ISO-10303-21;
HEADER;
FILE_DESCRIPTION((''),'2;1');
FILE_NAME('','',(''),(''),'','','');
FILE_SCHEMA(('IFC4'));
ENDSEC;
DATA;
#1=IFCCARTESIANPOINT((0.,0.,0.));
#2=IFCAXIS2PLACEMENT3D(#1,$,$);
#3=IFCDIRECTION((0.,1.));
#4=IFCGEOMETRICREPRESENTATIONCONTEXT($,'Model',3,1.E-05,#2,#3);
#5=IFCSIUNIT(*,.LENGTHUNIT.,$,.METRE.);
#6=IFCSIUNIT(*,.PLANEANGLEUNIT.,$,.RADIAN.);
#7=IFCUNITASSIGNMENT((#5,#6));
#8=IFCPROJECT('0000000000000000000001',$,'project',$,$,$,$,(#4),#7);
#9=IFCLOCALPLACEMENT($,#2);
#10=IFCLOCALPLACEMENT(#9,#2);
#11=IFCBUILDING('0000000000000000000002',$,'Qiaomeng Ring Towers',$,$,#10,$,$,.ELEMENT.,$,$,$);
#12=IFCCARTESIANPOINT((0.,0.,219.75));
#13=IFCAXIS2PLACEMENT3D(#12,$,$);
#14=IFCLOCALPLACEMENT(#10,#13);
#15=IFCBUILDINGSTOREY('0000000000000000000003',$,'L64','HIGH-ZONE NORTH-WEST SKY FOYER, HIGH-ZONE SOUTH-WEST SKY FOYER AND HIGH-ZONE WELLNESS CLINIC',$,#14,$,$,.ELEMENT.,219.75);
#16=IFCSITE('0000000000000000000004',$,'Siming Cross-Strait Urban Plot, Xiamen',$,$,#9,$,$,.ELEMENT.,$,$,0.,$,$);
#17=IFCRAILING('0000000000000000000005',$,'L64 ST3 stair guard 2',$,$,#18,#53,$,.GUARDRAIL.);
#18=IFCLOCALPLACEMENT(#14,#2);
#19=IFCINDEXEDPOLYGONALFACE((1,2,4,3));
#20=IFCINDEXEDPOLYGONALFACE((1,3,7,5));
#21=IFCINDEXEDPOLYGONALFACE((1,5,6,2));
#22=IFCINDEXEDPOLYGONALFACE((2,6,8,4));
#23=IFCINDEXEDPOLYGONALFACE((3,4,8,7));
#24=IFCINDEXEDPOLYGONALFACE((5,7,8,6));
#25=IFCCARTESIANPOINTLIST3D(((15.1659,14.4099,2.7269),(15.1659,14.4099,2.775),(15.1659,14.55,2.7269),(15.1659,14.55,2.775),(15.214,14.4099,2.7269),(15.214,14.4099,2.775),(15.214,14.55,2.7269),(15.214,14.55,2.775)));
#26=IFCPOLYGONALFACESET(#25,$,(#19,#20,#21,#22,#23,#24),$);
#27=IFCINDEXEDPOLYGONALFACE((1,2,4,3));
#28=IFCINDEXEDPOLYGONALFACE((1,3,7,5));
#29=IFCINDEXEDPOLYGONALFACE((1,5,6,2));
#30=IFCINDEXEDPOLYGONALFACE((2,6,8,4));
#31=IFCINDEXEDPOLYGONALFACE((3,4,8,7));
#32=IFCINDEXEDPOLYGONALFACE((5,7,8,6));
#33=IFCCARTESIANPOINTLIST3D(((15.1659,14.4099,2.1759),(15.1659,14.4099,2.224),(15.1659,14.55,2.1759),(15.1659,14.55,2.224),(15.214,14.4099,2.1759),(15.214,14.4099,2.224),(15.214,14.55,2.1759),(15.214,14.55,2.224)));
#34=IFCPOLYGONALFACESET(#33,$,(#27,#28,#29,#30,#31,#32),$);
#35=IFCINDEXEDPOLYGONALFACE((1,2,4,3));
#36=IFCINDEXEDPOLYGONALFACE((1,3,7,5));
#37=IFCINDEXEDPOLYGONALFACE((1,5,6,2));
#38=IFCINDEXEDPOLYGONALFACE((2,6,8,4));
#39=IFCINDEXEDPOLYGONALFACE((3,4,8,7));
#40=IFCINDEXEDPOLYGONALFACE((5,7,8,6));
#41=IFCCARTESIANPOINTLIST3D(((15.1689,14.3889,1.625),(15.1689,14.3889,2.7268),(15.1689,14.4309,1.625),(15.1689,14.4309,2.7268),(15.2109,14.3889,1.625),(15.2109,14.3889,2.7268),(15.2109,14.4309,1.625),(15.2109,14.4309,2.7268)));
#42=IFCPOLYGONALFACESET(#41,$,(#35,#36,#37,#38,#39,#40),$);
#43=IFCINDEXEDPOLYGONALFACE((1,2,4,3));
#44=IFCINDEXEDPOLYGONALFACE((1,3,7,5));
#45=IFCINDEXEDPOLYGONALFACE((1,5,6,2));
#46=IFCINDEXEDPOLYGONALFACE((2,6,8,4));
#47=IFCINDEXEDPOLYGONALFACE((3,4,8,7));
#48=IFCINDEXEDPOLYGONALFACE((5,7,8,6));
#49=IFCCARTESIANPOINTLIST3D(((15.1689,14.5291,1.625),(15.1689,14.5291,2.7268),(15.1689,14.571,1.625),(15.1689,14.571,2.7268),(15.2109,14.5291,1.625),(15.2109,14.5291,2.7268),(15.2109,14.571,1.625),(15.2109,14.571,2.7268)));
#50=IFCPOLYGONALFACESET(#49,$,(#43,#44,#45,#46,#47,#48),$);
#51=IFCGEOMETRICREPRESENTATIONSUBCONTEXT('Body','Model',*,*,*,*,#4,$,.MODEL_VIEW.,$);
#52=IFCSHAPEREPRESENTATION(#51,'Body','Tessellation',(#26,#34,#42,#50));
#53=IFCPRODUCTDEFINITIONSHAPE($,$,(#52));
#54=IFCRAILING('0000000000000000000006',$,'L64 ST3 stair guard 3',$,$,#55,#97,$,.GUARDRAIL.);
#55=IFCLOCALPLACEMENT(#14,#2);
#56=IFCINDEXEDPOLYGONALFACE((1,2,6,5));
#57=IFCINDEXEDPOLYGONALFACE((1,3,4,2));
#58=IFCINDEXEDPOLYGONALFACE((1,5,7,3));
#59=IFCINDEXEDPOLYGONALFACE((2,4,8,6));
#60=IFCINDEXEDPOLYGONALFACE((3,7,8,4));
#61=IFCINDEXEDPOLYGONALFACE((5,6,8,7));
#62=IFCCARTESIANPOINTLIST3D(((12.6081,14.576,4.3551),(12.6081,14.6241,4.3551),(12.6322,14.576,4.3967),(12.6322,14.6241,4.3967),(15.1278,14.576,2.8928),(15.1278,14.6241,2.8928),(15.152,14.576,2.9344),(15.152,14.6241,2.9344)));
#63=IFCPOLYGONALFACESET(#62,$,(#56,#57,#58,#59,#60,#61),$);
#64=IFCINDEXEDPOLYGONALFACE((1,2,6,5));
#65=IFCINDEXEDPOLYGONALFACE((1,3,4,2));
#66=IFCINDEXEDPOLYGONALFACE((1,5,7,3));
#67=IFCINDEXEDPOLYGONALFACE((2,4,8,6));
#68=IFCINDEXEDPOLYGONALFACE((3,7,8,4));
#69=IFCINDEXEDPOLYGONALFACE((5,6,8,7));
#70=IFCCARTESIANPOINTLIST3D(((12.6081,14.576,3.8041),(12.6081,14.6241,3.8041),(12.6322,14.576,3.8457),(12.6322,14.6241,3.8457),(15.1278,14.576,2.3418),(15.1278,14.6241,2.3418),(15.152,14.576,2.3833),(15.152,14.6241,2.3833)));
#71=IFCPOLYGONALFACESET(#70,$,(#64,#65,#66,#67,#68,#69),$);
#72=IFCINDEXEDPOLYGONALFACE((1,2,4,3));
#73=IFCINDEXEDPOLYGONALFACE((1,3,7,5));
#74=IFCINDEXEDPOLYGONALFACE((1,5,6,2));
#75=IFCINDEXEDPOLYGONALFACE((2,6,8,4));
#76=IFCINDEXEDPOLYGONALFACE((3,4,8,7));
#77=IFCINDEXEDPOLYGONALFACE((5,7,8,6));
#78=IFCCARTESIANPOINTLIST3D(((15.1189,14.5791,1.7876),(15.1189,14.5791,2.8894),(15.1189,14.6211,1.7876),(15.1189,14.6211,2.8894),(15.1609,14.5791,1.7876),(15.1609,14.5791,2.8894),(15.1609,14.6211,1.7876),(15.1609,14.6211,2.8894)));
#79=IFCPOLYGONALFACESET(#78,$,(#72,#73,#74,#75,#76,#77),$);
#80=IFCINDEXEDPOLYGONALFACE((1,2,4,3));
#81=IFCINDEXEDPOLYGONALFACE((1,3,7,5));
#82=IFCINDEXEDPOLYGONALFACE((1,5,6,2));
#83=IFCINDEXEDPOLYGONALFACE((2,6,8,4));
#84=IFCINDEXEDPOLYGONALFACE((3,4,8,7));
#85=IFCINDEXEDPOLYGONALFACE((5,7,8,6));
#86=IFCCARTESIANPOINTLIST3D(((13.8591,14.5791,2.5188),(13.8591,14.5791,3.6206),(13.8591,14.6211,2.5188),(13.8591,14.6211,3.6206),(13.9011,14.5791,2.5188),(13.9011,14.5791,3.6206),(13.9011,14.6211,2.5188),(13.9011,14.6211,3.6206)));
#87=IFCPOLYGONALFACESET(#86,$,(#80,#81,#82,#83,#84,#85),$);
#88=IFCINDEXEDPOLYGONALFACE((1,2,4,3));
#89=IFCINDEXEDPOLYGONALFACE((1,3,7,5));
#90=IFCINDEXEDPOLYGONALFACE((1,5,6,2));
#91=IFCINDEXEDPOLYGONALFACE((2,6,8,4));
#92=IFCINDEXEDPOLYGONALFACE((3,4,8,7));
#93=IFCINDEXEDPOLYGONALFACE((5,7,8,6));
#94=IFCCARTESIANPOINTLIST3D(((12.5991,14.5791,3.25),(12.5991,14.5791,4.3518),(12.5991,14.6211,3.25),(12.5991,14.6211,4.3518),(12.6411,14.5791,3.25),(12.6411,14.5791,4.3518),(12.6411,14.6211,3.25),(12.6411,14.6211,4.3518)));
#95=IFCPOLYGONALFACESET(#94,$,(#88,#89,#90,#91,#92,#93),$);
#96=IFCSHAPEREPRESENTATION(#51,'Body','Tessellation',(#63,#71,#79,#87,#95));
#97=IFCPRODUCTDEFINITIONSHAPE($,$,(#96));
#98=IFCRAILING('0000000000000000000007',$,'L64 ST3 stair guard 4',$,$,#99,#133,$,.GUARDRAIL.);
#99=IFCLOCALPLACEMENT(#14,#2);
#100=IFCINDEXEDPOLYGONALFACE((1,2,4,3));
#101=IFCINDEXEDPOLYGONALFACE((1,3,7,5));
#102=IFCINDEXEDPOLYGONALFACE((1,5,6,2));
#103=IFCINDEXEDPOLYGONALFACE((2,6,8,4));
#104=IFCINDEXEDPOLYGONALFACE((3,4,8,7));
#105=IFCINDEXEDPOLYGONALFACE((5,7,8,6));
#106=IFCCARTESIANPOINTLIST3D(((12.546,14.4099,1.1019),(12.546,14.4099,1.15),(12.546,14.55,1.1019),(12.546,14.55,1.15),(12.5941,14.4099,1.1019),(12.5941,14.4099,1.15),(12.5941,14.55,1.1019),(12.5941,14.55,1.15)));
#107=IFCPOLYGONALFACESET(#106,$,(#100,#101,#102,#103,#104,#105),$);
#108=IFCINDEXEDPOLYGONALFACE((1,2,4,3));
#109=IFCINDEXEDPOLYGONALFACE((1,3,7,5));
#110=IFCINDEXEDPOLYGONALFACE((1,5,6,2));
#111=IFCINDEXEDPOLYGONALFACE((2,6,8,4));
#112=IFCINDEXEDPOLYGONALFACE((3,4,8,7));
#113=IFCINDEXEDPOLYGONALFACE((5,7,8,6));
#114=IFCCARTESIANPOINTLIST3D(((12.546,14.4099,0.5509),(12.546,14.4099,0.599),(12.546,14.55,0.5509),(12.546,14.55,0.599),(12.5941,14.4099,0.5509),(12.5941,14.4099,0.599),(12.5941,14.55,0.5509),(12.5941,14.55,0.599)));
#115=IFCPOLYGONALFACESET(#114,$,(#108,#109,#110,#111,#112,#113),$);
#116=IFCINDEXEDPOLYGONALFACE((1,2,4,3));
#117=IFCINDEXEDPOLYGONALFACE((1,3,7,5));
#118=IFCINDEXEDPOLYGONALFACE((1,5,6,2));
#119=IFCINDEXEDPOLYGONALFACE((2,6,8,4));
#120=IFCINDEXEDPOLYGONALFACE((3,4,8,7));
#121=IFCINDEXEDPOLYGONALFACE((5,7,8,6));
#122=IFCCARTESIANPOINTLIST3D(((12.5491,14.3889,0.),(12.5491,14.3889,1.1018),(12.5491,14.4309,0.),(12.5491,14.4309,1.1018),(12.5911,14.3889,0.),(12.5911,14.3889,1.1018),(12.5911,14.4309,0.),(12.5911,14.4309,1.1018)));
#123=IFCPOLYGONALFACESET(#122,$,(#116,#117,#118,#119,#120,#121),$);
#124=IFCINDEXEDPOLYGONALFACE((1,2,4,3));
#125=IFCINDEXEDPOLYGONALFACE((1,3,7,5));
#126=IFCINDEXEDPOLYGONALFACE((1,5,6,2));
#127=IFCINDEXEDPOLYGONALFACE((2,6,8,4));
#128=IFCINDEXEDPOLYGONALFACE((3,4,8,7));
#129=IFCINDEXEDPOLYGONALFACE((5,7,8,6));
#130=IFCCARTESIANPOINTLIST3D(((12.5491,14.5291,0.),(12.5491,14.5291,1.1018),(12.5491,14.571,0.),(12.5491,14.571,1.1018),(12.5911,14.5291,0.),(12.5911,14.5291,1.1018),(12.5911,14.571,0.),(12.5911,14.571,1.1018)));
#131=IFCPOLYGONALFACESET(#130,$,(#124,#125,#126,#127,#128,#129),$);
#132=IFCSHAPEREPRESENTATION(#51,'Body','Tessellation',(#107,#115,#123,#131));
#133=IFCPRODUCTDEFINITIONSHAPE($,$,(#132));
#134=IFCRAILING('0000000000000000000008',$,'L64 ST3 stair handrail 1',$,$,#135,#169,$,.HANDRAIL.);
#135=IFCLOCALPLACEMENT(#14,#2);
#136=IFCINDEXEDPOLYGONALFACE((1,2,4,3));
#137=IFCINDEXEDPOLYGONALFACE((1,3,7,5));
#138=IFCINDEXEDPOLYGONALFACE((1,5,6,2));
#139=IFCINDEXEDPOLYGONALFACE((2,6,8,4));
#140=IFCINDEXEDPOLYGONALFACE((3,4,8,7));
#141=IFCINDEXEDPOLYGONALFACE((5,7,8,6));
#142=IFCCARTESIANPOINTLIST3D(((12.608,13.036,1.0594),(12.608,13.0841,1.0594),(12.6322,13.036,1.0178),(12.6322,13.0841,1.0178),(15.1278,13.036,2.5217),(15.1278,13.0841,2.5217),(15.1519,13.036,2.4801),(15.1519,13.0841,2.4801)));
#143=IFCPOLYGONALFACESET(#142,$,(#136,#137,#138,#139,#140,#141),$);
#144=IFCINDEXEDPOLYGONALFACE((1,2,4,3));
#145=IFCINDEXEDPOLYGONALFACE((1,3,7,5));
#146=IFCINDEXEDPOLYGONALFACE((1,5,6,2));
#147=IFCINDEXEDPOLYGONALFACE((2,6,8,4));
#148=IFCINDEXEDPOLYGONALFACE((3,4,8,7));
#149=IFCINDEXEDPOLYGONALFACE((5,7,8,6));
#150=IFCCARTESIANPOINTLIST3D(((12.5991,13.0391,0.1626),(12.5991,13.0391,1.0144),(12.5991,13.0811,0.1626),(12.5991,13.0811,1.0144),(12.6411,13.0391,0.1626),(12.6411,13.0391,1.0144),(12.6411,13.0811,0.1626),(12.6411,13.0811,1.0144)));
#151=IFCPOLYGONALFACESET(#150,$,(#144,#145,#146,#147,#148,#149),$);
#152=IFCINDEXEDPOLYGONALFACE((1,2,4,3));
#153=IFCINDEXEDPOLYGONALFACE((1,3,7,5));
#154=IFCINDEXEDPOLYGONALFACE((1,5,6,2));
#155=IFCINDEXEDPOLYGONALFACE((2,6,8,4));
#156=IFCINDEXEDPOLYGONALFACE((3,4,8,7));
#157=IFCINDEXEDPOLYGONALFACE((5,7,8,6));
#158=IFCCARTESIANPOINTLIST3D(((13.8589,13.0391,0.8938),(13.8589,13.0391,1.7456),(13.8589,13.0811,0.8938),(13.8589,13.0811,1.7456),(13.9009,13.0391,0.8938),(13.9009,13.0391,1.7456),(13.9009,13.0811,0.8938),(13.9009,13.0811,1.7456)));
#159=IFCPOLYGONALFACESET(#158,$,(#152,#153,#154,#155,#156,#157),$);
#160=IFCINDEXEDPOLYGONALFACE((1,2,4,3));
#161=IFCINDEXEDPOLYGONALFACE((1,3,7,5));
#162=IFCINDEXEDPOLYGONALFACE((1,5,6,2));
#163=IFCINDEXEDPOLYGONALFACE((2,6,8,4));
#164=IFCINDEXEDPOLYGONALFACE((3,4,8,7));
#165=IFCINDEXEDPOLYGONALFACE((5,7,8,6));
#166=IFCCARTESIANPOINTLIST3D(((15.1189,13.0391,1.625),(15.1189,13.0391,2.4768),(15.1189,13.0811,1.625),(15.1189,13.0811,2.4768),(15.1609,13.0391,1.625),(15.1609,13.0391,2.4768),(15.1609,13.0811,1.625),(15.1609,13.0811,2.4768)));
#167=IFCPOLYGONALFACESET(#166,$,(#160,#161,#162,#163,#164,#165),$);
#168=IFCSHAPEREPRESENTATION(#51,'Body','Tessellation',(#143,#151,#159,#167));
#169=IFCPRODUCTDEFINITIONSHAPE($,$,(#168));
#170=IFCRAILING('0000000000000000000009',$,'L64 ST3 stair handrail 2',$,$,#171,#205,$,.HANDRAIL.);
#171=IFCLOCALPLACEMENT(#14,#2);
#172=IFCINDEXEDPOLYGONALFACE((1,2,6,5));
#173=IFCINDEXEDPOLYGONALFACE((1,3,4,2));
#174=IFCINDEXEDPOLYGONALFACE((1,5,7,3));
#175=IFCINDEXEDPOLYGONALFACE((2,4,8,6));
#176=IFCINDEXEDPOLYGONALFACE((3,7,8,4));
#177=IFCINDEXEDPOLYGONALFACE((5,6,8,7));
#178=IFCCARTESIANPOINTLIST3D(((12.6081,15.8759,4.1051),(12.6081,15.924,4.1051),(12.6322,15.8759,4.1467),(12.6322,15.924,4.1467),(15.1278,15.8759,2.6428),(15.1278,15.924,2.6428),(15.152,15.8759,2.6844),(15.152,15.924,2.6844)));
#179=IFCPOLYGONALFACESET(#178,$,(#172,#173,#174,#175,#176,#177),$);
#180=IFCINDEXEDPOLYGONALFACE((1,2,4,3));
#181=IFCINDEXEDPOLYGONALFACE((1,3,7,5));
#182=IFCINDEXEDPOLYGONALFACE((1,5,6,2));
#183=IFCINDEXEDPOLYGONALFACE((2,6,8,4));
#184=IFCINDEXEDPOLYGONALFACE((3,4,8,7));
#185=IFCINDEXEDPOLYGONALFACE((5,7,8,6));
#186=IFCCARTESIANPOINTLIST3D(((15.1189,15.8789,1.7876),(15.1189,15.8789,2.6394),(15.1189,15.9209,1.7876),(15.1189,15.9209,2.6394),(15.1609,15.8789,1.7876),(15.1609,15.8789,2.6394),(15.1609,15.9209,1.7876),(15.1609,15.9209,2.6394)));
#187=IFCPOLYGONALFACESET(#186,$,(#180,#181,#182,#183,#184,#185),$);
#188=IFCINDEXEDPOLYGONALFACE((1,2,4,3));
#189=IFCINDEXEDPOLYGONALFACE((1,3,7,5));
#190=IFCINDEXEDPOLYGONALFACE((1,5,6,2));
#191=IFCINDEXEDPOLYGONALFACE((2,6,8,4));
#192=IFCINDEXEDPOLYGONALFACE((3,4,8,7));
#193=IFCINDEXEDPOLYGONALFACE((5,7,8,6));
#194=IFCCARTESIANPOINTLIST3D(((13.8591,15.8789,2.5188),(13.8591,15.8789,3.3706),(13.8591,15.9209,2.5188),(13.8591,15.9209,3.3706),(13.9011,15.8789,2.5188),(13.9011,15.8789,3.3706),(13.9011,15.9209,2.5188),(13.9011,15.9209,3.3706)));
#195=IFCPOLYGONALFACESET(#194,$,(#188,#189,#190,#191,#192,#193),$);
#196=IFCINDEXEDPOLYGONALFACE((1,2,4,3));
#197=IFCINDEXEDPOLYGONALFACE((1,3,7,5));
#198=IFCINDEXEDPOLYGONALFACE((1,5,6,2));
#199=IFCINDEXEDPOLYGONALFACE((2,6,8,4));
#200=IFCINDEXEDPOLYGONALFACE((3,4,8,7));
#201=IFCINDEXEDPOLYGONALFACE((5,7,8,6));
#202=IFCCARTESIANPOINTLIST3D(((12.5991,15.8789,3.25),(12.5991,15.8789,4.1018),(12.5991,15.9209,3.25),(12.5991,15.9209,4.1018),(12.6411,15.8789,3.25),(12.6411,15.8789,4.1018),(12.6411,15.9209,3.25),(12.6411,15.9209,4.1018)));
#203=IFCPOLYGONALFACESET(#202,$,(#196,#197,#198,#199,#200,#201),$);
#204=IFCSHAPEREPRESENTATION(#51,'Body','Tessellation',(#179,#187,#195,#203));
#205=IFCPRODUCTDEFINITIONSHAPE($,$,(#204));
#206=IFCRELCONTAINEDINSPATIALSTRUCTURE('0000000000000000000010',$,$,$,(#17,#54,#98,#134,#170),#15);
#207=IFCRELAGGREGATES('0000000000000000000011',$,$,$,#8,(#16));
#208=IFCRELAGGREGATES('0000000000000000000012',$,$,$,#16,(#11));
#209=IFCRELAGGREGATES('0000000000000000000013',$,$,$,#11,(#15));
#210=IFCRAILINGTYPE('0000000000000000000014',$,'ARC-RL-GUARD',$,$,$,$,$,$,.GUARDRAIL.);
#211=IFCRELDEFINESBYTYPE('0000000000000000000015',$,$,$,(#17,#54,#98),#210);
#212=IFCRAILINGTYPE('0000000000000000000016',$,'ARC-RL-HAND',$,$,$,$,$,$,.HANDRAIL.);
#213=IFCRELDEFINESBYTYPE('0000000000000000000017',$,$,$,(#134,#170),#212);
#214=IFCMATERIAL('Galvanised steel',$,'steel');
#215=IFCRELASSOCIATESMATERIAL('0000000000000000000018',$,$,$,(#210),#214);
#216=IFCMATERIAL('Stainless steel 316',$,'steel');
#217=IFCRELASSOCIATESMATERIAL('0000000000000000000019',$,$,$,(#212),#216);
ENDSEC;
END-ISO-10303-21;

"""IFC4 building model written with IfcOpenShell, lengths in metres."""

from ifc_helpers import new_model, si_unit, direction, frame, origin, origin_2d, place, context, subcontext, project, spatial, rectangle, extrude, material, type_object, element, save


model = new_model("IFC4")

# Units and contexts
model_context = context("Model", 3, precision=1e-05, world=origin(), true_north=direction((0.0, 1.0)))
body_context = subcontext(model_context, "Body", "Model", "MODEL_VIEW")
ifc_project = project(units=[si_unit("LENGTHUNIT", "METRE"), si_unit("PLANEANGLEUNIT", "RADIAN")], contexts=[model_context])

# Site, building, storey
site_placement = place(None, origin())
site = spatial("IfcSite", under=ifc_project, at=site_placement, Name="Siming Cross-Strait Urban Plot, Xiamen", CompositionType="ELEMENT", RefElevation=0.0)
building_placement = place(site_placement, origin())
building = spatial("IfcBuilding", under=site, at=building_placement, Name="Qiaomeng Ring Towers", CompositionType="ELEMENT")
storey_placement = place(building_placement, frame((0.0, 0.0, 219.75)))
storey = spatial("IfcBuildingStorey", under=building, at=storey_placement, Name="L64", Description="HIGH-ZONE NORTH-WEST SKY FOYER, HIGH-ZONE SOUTH-WEST SKY FOYER AND HIGH-ZONE WELLNESS CLINIC", CompositionType="ELEMENT", Elevation=219.75)

# Shared definitions
ifc_material_1 = material(Name="Galvanised steel", Category="steel")

# Railings
railing_type_1 = type_object("IfcRailingType", Name="ARC-RL-GUARD", PredefinedType="GUARDRAIL", material=ifc_material_1)
railing_1_placement = place(storey_placement, frame((15.1899, 14.4099, 1.625)))
element("IfcRailing", 1, at=railing_1_placement, inside=storey, type_object=railing_type_1, Name="L64 ST3 stair guard 2", PredefinedType="GUARDRAIL", context=body_context, shape_type="SweptSolid", body=[
    extrude(rectangle(XDim=0.0481, YDim=0.0481, at=origin_2d()), frame((0.0, 0.0, 1.126), z_axis=(0.0, 1.0, 0.0), x_axis=(-1.0, 0.0, 0.0)), (0.0, 0.0, 1.0), 0.1401),
    extrude(rectangle(XDim=0.0481, YDim=0.0481, at=origin_2d()), frame((0.0, 0.0, 0.575), z_axis=(0.0, 1.0, 0.0), x_axis=(-1.0, 0.0, 0.0)), (0.0, 0.0, 1.0), 0.1401),
    extrude(rectangle(XDim=0.042, YDim=0.042, at=origin_2d()), origin(), (0.0, 0.0, 1.0), 1.1018),
    extrude(rectangle(XDim=0.042, YDim=0.042, at=origin_2d()), frame((0.0, 0.1401, 0.0)), (0.0, 0.0, 1.0), 1.1018),
])
railing_2_placement = place(storey_placement, frame((15.1399, 14.6001, 1.7876)))
element("IfcRailing", 2, at=railing_2_placement, inside=storey, type_object=railing_type_1, Name="L64 ST3 stair guard 3", PredefinedType="GUARDRAIL", context=body_context, shape_type="SweptSolid", body=[
    extrude(rectangle(XDim=0.0481, YDim=0.0481, at=origin_2d()), frame((0.0, 0.0, 1.126), z_axis=(-0.864892, 0.0, 0.501958), x_axis=(0.0, -1.0, 0.0)), (0.0, 0.0, 1.0), 2.9133),
    extrude(rectangle(XDim=0.0481, YDim=0.0481, at=origin_2d()), frame((0.0, 0.0, 0.575), z_axis=(-0.864892, 0.0, 0.501958), x_axis=(0.0, -1.0, 0.0)), (0.0, 0.0, 1.0), 2.9133),
    extrude(rectangle(XDim=0.042, YDim=0.042, at=origin_2d()), origin(), (0.0, 0.0, 1.0), 1.1018),
    extrude(rectangle(XDim=0.042, YDim=0.042, at=origin_2d()), frame((-1.2598, 0.0, 0.7312)), (0.0, 0.0, 1.0), 1.1018),
    extrude(rectangle(XDim=0.042, YDim=0.042, at=origin_2d()), frame((-2.5198, 0.0, 1.4624)), (0.0, 0.0, 1.0), 1.1018),
])
railing_3_placement = place(storey_placement, frame((12.5701, 14.4099, 0.0)))
element("IfcRailing", 3, at=railing_3_placement, inside=storey, type_object=railing_type_1, Name="L64 ST3 stair guard 4", PredefinedType="GUARDRAIL", context=body_context, shape_type="SweptSolid", body=[
    extrude(rectangle(XDim=0.0481, YDim=0.0481, at=origin_2d()), frame((0.0, 0.0, 1.126), z_axis=(0.0, 1.0, 0.0), x_axis=(-1.0, 0.0, 0.0)), (0.0, 0.0, 1.0), 0.1401),
    extrude(rectangle(XDim=0.0481, YDim=0.0481, at=origin_2d()), frame((0.0, 0.0, 0.575), z_axis=(0.0, 1.0, 0.0), x_axis=(-1.0, 0.0, 0.0)), (0.0, 0.0, 1.0), 0.1401),
    extrude(rectangle(XDim=0.042, YDim=0.042, at=origin_2d()), origin(), (0.0, 0.0, 1.0), 1.1018),
    extrude(rectangle(XDim=0.042, YDim=0.042, at=origin_2d()), frame((0.0, 0.1401, 0.0)), (0.0, 0.0, 1.0), 1.1018),
])
ifc_material_2 = material(Name="Stainless steel 316", Category="steel")
railing_type_2 = type_object("IfcRailingType", Name="ARC-RL-HAND", PredefinedType="HANDRAIL", material=ifc_material_2)
railing_4_placement = place(storey_placement, frame((12.6201, 13.0601, 0.1626)))
element("IfcRailing", 4, at=railing_4_placement, inside=storey, type_object=railing_type_2, Name="L64 ST3 stair handrail 1", PredefinedType="HANDRAIL", context=body_context, shape_type="SweptSolid", body=[
    extrude(rectangle(XDim=0.0481, YDim=0.0481, at=origin_2d()), frame((0.0, 0.0, 0.876), z_axis=(0.864892, 0.0, 0.501958), x_axis=(0.0, 1.0, 0.0)), (0.0, 0.0, 1.0), 2.9133),
    extrude(rectangle(XDim=0.042, YDim=0.042, at=origin_2d()), origin(), (0.0, 0.0, 1.0), 0.8518),
    extrude(rectangle(XDim=0.042, YDim=0.042, at=origin_2d()), frame((1.2598, 0.0, 0.7312)), (0.0, 0.0, 1.0), 0.8518),
    extrude(rectangle(XDim=0.042, YDim=0.042, at=origin_2d()), frame((2.5198, 0.0, 1.4624)), (0.0, 0.0, 1.0), 0.8518),
])
railing_5_placement = place(storey_placement, frame((15.1399, 15.8999, 1.7876)))
element("IfcRailing", 5, at=railing_5_placement, inside=storey, type_object=railing_type_2, Name="L64 ST3 stair handrail 2", PredefinedType="HANDRAIL", context=body_context, shape_type="SweptSolid", body=[
    extrude(rectangle(XDim=0.0481, YDim=0.0481, at=origin_2d()), frame((0.0, 0.0, 0.876), z_axis=(-0.864892, 0.0, 0.501958), x_axis=(0.0, -1.0, 0.0)), (0.0, 0.0, 1.0), 2.9133),
    extrude(rectangle(XDim=0.042, YDim=0.042, at=origin_2d()), origin(), (0.0, 0.0, 1.0), 0.8518),
    extrude(rectangle(XDim=0.042, YDim=0.042, at=origin_2d()), frame((-1.2598, 0.0, 0.7312)), (0.0, 0.0, 1.0), 0.8518),
    extrude(rectangle(XDim=0.042, YDim=0.042, at=origin_2d()), frame((-2.5198, 0.0, 1.4624)), (0.0, 0.0, 1.0), 0.8518),
])

save(model, "model.ifc")
